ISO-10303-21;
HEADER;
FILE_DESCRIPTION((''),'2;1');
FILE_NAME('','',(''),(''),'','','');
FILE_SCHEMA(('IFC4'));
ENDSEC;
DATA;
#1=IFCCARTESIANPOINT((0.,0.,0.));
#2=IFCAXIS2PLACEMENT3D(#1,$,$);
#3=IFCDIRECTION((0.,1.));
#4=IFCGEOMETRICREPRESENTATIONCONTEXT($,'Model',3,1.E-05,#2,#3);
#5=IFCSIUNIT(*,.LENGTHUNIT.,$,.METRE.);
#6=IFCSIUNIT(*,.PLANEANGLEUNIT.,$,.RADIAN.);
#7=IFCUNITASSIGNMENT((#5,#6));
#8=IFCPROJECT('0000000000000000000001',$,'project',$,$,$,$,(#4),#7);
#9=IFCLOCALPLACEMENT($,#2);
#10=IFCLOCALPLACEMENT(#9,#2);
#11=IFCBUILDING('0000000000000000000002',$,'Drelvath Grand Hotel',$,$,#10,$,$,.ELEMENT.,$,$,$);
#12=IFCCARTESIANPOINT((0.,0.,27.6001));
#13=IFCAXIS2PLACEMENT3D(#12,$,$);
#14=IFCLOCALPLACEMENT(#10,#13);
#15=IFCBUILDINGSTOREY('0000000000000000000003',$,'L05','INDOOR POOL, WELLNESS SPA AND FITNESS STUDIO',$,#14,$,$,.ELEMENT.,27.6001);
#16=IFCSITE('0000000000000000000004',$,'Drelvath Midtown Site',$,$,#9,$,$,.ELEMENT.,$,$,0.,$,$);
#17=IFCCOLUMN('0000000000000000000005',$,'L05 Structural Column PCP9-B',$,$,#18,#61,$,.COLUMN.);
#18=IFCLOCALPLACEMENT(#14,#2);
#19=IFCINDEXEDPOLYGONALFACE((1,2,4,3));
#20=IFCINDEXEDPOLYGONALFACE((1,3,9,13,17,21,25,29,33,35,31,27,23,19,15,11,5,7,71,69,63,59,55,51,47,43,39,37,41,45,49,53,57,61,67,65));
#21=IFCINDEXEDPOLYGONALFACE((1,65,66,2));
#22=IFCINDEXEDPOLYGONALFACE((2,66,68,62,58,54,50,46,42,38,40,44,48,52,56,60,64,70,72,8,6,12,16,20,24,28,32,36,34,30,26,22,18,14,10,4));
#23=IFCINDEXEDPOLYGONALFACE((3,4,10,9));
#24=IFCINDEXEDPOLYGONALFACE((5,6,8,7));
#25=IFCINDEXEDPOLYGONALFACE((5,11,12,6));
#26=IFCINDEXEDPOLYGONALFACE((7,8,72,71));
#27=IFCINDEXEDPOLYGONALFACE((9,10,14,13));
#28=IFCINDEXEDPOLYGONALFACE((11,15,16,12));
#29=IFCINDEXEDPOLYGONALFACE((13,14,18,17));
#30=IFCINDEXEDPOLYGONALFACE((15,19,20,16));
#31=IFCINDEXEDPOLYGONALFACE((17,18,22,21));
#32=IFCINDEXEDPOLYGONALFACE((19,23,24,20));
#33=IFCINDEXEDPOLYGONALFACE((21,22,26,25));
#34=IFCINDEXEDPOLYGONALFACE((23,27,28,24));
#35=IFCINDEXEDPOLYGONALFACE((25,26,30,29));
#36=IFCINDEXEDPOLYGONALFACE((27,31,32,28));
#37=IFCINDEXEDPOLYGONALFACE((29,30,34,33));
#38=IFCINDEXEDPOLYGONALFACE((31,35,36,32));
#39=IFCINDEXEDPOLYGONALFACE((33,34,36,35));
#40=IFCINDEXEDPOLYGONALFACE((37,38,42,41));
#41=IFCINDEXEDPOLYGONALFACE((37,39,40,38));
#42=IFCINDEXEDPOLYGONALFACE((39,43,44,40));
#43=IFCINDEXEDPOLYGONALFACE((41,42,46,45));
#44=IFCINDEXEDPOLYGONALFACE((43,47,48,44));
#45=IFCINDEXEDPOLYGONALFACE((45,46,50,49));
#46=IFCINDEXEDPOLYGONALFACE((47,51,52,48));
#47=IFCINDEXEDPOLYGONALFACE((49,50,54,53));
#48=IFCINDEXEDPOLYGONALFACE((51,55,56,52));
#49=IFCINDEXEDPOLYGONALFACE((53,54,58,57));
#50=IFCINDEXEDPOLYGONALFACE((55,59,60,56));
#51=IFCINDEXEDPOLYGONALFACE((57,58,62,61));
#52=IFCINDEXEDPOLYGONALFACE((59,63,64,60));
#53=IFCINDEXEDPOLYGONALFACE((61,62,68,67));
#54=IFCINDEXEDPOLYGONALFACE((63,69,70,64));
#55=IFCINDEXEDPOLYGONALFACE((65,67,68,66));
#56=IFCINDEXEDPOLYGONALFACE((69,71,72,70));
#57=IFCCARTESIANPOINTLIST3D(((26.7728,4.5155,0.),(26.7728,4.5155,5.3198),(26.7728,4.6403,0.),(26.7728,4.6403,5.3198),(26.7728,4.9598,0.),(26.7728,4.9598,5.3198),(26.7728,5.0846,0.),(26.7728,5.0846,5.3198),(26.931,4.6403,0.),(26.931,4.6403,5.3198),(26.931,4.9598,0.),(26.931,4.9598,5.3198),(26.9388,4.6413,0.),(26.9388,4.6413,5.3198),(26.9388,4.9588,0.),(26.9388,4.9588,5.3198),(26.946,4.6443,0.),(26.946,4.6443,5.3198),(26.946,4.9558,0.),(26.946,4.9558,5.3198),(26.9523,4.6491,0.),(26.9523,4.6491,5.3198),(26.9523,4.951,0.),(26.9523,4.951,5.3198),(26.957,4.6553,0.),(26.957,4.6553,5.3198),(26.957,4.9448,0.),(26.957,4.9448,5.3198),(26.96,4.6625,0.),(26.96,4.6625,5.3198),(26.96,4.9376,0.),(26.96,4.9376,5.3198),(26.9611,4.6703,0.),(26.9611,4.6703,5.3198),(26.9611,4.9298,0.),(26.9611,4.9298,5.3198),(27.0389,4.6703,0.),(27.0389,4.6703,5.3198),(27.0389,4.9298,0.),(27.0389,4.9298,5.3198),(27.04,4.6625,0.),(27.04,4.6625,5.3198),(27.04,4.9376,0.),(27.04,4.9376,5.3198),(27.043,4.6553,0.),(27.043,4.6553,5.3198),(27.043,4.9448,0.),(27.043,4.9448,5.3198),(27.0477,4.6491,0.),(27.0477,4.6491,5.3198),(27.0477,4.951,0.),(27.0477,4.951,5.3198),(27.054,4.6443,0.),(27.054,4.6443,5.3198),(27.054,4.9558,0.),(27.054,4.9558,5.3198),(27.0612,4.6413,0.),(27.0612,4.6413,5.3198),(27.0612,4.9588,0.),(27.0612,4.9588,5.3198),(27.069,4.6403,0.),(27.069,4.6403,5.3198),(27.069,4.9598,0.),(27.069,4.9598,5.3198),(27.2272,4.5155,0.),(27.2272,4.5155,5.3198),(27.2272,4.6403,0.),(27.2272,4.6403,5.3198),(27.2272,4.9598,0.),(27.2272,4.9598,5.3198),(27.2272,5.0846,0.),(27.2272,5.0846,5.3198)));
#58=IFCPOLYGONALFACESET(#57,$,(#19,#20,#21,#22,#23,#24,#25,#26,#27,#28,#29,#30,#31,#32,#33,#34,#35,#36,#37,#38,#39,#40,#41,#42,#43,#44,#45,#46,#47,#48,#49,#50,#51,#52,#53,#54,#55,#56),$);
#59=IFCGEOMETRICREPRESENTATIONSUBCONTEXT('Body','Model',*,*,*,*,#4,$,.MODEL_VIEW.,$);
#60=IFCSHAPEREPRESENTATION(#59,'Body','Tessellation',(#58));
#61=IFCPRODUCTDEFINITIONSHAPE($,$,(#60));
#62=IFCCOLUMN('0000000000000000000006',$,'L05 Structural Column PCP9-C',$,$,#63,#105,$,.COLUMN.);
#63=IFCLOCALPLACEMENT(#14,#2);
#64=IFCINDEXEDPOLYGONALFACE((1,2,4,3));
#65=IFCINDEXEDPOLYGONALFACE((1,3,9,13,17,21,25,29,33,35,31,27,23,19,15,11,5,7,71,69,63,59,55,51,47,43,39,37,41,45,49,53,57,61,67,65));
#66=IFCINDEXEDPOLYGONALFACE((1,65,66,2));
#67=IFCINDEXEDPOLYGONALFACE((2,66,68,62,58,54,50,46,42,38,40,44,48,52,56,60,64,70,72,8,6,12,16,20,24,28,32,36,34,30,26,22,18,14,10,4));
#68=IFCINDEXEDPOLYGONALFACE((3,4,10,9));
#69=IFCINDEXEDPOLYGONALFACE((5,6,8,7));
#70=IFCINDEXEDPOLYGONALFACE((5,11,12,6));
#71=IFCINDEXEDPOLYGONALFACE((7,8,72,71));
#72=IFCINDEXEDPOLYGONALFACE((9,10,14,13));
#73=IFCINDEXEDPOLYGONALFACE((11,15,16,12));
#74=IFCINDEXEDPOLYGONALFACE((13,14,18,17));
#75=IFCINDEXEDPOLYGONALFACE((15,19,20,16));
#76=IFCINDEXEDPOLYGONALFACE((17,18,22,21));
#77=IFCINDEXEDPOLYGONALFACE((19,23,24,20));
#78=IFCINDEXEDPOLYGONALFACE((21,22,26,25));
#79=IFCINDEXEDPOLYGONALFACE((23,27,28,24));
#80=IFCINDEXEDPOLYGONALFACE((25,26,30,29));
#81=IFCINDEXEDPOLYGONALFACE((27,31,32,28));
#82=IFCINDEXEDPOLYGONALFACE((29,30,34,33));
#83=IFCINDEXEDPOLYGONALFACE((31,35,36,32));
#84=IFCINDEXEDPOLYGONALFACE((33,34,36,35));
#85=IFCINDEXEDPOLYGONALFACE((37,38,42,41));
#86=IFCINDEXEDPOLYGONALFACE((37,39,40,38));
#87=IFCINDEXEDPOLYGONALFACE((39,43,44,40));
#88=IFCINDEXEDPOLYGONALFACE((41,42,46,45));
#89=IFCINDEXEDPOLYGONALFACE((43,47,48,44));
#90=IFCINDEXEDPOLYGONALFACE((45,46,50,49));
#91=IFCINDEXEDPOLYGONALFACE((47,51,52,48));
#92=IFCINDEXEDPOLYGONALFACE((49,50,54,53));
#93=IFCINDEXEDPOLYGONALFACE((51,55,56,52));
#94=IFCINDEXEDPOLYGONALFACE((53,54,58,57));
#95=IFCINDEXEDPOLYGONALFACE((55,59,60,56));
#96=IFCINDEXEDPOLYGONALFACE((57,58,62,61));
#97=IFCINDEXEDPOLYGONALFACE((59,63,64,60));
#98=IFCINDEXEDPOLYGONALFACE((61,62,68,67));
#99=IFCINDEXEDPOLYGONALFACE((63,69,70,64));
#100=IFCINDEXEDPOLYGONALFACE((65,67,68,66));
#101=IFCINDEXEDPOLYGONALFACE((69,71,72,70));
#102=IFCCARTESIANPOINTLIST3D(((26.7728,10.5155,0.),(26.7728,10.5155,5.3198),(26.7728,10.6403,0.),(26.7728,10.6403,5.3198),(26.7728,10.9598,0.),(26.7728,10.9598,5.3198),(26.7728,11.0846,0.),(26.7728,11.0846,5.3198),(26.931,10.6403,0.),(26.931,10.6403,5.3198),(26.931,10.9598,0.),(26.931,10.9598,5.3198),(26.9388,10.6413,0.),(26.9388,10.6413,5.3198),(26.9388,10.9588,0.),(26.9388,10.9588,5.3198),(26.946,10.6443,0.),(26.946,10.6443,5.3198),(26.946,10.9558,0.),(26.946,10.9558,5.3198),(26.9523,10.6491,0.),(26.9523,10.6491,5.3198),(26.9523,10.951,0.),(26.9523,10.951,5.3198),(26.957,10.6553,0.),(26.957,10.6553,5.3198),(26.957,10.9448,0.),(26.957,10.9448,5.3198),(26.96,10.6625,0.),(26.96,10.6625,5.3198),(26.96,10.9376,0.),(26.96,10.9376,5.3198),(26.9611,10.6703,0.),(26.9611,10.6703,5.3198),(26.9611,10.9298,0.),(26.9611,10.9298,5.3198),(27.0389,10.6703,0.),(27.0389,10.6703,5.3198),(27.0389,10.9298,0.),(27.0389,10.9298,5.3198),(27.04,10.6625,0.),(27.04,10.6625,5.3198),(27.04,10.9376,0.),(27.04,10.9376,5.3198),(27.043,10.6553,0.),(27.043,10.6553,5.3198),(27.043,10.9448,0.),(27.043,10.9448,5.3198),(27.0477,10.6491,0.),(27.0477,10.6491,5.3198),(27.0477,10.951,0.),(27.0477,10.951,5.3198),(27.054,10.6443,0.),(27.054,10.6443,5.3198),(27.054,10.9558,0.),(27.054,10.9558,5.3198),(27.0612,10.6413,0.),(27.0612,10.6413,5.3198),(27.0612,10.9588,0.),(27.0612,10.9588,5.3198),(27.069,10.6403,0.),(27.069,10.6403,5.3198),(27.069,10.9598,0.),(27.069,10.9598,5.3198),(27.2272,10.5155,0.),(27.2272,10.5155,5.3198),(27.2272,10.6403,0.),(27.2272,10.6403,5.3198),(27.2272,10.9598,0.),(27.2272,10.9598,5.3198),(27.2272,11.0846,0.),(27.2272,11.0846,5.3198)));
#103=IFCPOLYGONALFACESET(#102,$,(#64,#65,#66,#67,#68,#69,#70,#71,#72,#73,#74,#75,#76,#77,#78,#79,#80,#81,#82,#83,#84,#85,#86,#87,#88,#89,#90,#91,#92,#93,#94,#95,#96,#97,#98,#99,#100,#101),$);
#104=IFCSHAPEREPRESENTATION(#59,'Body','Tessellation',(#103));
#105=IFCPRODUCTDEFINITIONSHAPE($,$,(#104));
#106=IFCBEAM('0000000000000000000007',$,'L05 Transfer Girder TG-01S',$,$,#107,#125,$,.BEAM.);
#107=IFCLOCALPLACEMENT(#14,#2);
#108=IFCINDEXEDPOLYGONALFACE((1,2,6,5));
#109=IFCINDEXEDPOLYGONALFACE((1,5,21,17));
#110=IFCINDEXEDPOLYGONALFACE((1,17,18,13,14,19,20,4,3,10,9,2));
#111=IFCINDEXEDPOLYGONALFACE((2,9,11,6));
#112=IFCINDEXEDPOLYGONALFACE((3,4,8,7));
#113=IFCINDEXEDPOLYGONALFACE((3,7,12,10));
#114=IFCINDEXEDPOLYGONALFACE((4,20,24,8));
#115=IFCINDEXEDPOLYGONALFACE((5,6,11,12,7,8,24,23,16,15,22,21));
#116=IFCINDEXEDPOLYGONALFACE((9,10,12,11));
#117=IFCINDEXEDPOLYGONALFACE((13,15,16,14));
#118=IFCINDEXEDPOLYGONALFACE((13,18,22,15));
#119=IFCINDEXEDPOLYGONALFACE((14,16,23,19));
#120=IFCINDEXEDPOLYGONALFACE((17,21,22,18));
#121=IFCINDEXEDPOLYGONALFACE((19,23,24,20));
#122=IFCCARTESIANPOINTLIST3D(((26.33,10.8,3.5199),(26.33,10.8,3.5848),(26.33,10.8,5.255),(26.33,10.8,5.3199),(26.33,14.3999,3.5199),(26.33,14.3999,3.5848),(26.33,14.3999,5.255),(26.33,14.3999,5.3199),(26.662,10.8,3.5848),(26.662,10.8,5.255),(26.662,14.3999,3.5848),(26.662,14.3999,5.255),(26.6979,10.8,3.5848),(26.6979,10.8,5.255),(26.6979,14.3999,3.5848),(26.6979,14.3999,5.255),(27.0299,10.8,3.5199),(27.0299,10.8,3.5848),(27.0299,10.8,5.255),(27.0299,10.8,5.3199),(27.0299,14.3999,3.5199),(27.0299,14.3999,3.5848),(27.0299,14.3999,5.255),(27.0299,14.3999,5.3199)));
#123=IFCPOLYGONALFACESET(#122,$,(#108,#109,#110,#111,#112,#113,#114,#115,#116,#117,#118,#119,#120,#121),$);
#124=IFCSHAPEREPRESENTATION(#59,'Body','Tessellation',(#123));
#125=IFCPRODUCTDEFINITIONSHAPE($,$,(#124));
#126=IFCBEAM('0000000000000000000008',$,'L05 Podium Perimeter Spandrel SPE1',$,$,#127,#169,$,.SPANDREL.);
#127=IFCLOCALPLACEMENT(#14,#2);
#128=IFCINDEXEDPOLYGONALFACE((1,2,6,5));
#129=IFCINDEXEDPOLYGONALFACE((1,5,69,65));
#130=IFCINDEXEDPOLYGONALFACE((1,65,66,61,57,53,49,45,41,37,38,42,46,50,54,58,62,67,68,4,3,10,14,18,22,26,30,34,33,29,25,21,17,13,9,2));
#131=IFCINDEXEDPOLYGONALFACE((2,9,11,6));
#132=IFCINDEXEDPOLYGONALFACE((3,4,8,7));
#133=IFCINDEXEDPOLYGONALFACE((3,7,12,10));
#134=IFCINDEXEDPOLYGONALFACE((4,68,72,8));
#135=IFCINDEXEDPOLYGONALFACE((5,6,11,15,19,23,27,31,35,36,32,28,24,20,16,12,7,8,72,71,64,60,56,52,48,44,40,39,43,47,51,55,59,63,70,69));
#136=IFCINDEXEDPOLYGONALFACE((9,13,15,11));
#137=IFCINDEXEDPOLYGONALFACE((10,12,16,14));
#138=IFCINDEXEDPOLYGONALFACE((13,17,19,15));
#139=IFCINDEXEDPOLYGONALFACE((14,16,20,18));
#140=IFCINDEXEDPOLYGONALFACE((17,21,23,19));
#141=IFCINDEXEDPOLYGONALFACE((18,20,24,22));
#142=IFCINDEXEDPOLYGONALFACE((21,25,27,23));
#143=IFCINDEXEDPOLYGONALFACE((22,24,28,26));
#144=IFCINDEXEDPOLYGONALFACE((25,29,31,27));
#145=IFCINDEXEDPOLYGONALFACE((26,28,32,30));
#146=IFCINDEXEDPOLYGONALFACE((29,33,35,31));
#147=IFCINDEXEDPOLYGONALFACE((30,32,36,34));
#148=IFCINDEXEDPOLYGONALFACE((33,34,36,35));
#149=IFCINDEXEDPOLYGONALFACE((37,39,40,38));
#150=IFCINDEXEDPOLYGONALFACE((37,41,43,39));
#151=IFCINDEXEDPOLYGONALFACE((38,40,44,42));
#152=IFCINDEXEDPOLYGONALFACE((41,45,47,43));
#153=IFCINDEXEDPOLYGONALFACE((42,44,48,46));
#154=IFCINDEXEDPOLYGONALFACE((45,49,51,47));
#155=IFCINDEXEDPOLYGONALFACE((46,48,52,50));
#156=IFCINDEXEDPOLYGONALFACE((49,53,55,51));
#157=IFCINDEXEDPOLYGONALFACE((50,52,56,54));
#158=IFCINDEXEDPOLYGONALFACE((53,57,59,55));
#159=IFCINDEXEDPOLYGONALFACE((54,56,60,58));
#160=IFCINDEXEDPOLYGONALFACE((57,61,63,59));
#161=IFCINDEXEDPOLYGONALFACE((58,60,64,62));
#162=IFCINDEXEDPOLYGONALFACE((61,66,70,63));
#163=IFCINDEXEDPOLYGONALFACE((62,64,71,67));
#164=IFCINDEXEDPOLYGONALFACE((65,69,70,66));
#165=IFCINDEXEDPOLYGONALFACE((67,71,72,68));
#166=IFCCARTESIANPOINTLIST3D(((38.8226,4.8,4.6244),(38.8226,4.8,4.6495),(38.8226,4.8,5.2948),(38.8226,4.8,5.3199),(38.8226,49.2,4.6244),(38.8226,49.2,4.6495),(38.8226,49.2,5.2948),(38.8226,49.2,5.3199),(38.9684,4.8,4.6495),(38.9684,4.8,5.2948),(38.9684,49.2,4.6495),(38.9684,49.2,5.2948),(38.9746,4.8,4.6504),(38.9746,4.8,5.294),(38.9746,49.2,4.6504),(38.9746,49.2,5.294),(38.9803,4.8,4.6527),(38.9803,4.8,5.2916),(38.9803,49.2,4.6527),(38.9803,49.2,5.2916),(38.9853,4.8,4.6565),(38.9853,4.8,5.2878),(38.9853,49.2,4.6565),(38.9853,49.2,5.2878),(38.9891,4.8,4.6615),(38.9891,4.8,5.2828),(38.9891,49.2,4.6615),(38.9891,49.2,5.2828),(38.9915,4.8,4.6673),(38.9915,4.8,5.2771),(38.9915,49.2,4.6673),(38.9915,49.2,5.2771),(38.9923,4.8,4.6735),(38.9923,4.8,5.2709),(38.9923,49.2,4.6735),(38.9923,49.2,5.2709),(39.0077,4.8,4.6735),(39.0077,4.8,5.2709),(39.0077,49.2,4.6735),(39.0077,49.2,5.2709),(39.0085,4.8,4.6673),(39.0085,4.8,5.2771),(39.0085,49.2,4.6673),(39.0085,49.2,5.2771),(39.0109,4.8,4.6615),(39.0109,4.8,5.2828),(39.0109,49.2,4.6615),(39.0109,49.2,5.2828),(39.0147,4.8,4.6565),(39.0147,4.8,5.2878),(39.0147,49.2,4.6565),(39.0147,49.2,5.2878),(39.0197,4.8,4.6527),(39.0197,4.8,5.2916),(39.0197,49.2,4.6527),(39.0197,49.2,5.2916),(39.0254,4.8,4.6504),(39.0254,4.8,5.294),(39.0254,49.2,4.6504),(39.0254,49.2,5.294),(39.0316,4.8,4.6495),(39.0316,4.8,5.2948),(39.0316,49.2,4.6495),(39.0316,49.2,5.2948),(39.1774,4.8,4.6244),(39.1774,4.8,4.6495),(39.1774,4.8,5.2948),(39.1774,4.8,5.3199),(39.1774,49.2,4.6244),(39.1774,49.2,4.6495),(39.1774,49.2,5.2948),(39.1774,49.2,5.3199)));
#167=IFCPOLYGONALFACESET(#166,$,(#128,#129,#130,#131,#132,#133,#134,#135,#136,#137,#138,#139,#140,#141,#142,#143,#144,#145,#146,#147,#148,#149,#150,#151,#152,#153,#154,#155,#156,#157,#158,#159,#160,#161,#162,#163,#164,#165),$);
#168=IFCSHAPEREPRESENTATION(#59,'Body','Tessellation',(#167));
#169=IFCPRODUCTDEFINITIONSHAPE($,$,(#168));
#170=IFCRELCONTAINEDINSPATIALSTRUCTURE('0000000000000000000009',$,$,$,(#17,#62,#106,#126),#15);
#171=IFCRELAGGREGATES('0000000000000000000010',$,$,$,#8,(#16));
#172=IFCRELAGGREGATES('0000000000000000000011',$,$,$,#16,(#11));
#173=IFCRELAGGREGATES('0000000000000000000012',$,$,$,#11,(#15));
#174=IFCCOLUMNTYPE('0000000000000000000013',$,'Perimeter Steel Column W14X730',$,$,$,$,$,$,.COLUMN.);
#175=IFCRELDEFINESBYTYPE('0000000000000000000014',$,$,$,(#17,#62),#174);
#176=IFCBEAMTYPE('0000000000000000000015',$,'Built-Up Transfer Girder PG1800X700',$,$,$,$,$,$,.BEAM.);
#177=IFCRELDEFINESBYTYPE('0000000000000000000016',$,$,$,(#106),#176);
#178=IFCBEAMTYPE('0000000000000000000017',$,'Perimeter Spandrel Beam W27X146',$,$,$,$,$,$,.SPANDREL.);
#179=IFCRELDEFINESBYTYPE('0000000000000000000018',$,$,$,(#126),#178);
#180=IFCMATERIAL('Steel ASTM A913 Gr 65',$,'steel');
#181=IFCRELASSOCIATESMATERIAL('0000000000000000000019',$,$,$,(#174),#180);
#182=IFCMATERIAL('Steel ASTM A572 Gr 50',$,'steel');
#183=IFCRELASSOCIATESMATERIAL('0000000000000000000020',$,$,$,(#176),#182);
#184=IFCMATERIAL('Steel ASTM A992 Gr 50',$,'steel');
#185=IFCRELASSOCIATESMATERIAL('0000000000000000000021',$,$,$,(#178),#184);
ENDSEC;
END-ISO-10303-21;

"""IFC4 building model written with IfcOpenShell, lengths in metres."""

from ifc_helpers import new_model, si_unit, direction, frame, origin, origin_2d, place, context, subcontext, project, spatial, i_section, extrude, material, material_profile, profile_set, type_object, element, save


model = new_model("IFC4")

# Units and contexts
model_context = context("Model", 3, precision=1e-05, world=origin(), true_north=direction((0.0, 1.0)))
body_context = subcontext(model_context, "Body", "Model", "MODEL_VIEW")
ifc_project = project(units=[si_unit("LENGTHUNIT", "METRE"), si_unit("PLANEANGLEUNIT", "RADIAN")], contexts=[model_context])

# Site, building, storey
site_placement = place(None, origin())
site = spatial("IfcSite", under=ifc_project, at=site_placement, Name="Drelvath Midtown Site", CompositionType="ELEMENT", RefElevation=0.0)
building_placement = place(site_placement, origin())
building = spatial("IfcBuilding", under=site, at=building_placement, Name="Drelvath Grand Hotel", CompositionType="ELEMENT")
storey_placement = place(building_placement, frame((0.0, 0.0, 27.6001)))
storey = spatial("IfcBuildingStorey", under=building, at=storey_placement, Name="L05", Description="INDOOR POOL, WELLNESS SPA AND FITNESS STUDIO", CompositionType="ELEMENT", Elevation=27.6001)

# Columns
ifc_material_1 = material(Name="Steel ASTM A913 Gr 65", Category="steel")
ifc_material_profile_1 = material_profile(ifc_material_1, i_section(OverallWidth=0.4543, OverallDepth=0.5691, WebThickness=0.0779, FlangeThickness=0.1248, FilletRadius=0.03, at=origin_2d()), Name="W14X730")
ifc_profile_set_1 = profile_set([ifc_material_profile_1], Name="Steel ASTM A913 Gr 65")
column_type_1 = type_object("IfcColumnType", Name="Perimeter Steel Column W14X730", PredefinedType="COLUMN", material=ifc_profile_set_1)
for number, where, z_axis, x_axis, name in (
    (1, (27.0, 4.8, 0.0), (0.0, 0.0, 1.0), (1.0, 0.0, 0.0), "L05 Structural Column PCP9-B"),
    (2, (27.0, 10.8, 0.0), (0.0, 0.0, 1.0), (1.0, 0.0, 0.0), "L05 Structural Column PCP9-C"),
):
    element("IfcColumn", number, at=place(storey_placement, frame(where, z_axis=z_axis, x_axis=x_axis)), inside=storey, type_object=column_type_1, Name=name, PredefinedType="COLUMN", context=body_context, shape_type="SweptSolid", body=[
        extrude(i_section(OverallWidth=0.4543, OverallDepth=0.5691, WebThickness=0.0779, FlangeThickness=0.1248, FilletRadius=0.03, at=origin_2d()), origin(), (0.0, 0.0, 1.0), 5.3198),
    ])

# Beams
ifc_material_2 = material(Name="Steel ASTM A572 Gr 50", Category="steel")
ifc_material_profile_2 = material_profile(ifc_material_2, i_section(OverallWidth=0.7, OverallDepth=1.8, WebThickness=0.0359, FlangeThickness=0.0649, at=origin_2d()), Name="PG1800X700")
ifc_profile_set_2 = profile_set([ifc_material_profile_2], Name="Steel ASTM A572 Gr 50")
beam_type_1 = type_object("IfcBeamType", Name="Built-Up Transfer Girder PG1800X700", PredefinedType="BEAM", material=ifc_profile_set_2)
beam_1_placement = place(storey_placement, frame((26.6799, 10.8, 4.4199), z_axis=(0.0, 1.0, 0.0), x_axis=(-1.0, 0.0, 0.0)))
element("IfcBeam", 3, at=beam_1_placement, inside=storey, type_object=beam_type_1, Name="L05 Transfer Girder TG-01S", PredefinedType="BEAM", context=body_context, shape_type="SweptSolid", body=[
    extrude(i_section(OverallWidth=0.7, OverallDepth=1.8, WebThickness=0.0359, FlangeThickness=0.0649, at=origin_2d()), origin(), (0.0, 0.0, 1.0), 3.5999),
])
ifc_material_3 = material(Name="Steel ASTM A992 Gr 50", Category="steel")
ifc_material_profile_3 = material_profile(ifc_material_3, i_section(OverallWidth=0.3547, OverallDepth=0.6956, WebThickness=0.0154, FlangeThickness=0.0251, FilletRadius=0.0239, at=origin_2d()), Name="W27X146")
ifc_profile_set_3 = profile_set([ifc_material_profile_3], Name="Steel ASTM A992 Gr 50")
beam_type_2 = type_object("IfcBeamType", Name="Perimeter Spandrel Beam W27X146", PredefinedType="SPANDREL", material=ifc_profile_set_3)
beam_2_placement = place(storey_placement, frame((39.0, 4.8, 4.9722), z_axis=(0.0, 1.0, 0.0), x_axis=(-1.0, 0.0, 0.0)))
element("IfcBeam", 4, at=beam_2_placement, inside=storey, type_object=beam_type_2, Name="L05 Podium Perimeter Spandrel SPE1", PredefinedType="SPANDREL", context=body_context, shape_type="SweptSolid", body=[
    extrude(i_section(OverallWidth=0.3547, OverallDepth=0.6956, WebThickness=0.0154, FlangeThickness=0.0251, FilletRadius=0.0239, at=origin_2d()), origin(), (0.0, 0.0, 1.0), 44.3999),
])

save(model, "model.ifc")
